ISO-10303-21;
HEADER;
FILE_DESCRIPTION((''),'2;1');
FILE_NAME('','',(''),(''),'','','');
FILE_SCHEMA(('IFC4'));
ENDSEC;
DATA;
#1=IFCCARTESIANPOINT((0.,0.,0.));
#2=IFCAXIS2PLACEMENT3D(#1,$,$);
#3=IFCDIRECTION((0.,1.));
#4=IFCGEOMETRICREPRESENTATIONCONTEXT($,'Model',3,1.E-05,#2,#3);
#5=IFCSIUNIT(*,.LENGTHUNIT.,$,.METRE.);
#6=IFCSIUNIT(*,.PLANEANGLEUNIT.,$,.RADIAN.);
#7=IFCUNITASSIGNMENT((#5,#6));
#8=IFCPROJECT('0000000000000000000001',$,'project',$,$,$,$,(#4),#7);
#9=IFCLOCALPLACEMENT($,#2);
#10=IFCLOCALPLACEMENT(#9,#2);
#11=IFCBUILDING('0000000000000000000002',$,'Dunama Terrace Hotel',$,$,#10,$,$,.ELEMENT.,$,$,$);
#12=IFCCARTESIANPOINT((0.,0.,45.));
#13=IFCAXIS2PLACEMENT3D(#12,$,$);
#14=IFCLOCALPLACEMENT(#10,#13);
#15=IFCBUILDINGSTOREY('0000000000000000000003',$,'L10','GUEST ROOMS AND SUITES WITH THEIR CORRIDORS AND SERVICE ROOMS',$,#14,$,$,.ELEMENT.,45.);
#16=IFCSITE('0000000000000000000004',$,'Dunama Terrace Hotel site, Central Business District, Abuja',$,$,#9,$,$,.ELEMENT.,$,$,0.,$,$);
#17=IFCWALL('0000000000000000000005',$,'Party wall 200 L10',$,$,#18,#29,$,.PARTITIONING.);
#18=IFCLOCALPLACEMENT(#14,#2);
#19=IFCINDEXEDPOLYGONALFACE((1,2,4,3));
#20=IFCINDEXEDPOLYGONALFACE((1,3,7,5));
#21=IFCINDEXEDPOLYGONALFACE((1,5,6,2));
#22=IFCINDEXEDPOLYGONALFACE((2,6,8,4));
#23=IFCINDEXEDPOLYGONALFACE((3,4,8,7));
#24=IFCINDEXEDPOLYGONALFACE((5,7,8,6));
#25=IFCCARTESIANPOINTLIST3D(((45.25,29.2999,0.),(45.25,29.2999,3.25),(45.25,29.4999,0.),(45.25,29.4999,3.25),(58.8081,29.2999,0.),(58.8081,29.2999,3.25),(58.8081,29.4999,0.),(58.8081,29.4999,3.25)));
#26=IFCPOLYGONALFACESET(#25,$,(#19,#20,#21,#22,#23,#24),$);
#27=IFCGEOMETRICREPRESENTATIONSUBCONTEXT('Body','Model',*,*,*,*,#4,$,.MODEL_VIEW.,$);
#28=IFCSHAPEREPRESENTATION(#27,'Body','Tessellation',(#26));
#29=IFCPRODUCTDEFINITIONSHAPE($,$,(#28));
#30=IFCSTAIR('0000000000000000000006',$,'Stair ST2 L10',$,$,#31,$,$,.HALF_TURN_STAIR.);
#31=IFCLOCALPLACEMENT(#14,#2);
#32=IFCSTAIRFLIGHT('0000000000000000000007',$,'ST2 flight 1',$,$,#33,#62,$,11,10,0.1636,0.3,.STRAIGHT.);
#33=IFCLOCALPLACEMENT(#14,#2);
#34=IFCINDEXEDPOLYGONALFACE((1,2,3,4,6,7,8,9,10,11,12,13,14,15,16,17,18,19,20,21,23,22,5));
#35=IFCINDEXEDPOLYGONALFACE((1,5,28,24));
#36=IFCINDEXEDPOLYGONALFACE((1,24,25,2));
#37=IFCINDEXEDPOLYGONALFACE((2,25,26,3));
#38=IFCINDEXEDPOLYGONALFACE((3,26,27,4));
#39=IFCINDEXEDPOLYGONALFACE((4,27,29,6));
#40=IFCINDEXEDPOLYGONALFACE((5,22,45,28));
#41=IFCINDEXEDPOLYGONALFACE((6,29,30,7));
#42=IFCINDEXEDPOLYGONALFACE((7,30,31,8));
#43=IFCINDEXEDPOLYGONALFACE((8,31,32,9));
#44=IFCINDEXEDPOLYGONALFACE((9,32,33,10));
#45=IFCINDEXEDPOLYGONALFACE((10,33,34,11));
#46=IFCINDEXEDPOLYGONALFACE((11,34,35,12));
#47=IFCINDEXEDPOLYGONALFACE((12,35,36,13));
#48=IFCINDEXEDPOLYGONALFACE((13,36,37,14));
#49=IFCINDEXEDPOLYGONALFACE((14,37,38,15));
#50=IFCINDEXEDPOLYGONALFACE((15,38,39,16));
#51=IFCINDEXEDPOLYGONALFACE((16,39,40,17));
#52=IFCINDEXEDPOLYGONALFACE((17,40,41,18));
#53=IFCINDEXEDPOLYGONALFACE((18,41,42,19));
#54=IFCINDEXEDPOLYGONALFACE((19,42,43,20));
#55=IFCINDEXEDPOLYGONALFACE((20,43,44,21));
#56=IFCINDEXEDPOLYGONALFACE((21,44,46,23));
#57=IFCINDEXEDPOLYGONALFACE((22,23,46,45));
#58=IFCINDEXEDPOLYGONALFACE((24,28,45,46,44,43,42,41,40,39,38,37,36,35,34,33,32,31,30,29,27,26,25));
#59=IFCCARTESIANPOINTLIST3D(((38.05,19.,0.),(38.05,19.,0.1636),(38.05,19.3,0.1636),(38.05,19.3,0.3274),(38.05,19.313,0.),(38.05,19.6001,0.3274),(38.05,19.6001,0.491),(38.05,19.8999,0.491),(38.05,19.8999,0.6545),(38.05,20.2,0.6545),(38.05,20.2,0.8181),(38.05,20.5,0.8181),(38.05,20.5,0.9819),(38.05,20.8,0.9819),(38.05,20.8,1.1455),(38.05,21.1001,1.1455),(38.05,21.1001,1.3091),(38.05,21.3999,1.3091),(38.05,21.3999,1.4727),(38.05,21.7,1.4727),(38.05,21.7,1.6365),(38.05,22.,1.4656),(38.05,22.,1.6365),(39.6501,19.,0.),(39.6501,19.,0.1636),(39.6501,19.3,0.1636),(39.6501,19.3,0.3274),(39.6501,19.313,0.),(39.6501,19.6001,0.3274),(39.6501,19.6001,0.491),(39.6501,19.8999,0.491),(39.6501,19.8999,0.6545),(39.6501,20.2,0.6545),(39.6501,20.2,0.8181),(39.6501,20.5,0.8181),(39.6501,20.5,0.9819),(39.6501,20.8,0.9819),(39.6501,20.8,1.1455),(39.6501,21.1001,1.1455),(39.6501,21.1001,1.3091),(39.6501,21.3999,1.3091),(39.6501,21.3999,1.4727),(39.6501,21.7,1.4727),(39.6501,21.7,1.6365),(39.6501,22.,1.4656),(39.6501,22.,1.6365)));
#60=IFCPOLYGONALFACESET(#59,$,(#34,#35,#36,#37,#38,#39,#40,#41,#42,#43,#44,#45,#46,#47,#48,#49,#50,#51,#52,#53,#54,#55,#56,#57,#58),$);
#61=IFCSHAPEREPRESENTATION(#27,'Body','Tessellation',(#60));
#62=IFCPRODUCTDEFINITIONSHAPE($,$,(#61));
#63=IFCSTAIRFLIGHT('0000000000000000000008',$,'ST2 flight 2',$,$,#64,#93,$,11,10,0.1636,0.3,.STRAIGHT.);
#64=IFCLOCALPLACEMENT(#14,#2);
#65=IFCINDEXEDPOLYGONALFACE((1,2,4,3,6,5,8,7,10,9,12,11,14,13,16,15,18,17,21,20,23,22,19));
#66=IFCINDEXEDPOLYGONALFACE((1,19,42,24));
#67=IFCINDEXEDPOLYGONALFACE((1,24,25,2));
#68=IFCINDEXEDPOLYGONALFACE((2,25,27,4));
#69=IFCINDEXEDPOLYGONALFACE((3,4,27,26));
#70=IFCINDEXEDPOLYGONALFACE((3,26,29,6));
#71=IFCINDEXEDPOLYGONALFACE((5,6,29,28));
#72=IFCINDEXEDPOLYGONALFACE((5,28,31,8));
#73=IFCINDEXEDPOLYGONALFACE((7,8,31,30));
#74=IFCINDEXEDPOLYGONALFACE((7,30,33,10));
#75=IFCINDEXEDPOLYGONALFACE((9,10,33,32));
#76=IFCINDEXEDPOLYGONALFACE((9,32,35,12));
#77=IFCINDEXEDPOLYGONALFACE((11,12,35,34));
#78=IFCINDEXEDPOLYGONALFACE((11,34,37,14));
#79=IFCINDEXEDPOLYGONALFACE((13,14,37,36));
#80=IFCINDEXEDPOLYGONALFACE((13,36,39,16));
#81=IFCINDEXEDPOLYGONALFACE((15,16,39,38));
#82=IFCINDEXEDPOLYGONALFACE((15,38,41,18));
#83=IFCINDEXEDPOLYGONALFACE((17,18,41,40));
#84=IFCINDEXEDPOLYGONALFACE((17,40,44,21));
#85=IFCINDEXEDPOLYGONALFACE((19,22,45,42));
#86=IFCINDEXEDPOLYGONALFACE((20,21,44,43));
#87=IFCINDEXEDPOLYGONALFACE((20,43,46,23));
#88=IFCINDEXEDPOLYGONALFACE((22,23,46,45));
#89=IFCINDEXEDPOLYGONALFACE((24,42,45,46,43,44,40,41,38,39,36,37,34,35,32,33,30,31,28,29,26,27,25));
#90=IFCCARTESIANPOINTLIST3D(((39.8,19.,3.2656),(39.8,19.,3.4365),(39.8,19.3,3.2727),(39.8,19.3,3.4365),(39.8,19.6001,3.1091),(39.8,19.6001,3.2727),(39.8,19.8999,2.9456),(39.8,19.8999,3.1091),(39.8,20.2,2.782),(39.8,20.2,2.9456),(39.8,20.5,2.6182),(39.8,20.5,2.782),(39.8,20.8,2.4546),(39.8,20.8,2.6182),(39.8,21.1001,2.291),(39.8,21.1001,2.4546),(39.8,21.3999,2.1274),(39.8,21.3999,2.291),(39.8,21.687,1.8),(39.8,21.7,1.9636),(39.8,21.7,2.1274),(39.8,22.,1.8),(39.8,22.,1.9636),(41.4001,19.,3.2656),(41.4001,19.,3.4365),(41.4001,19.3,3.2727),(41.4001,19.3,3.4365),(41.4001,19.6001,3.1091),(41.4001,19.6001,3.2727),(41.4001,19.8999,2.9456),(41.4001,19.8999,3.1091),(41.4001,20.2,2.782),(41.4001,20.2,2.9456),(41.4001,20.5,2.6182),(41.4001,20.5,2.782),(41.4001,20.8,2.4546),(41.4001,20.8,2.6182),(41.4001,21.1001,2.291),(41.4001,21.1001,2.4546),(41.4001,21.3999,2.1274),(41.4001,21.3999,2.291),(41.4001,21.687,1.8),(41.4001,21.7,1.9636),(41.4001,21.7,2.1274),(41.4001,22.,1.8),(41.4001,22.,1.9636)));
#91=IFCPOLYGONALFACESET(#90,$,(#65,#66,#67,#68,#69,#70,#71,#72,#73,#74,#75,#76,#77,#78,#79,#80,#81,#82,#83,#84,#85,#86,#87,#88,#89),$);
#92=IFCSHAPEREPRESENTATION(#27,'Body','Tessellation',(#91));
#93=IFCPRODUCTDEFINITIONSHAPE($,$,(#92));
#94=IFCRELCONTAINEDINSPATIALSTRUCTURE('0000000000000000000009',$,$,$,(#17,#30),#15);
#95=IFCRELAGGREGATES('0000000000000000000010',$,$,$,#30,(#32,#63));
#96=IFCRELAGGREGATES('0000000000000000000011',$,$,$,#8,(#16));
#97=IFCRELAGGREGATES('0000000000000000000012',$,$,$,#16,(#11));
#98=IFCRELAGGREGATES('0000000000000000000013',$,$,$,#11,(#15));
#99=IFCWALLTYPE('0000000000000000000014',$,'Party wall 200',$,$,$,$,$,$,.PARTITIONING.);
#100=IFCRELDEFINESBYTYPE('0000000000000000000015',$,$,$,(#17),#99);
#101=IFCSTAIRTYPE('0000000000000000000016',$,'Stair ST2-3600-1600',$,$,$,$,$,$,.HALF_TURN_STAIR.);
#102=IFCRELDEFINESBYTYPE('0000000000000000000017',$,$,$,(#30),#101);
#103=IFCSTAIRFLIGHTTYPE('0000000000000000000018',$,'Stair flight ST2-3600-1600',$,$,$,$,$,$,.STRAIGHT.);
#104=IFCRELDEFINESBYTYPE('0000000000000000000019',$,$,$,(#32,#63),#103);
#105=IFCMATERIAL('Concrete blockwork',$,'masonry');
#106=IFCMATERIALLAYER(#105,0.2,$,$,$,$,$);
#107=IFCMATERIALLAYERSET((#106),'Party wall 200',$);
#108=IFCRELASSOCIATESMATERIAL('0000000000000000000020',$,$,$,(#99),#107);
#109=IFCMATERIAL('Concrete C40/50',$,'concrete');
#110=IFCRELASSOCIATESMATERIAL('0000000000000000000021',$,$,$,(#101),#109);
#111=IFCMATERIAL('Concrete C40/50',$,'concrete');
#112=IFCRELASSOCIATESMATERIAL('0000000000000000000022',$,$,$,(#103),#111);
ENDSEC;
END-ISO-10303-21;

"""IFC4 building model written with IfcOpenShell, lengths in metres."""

from ifc_helpers import new_model, si_unit, direction, frame, frame_2d, origin, place, context, subcontext, project, spatial, polyline, rectangle, outline, extrude, material, layer, layer_set, type_object, element, aggregate, save


model = new_model("IFC4")

# Units and contexts
model_context = context("Model", 3, precision=1e-05, world=origin(), true_north=direction((0.0, 1.0)))
body_context = subcontext(model_context, "Body", "Model", "MODEL_VIEW")
ifc_project = project(units=[si_unit("LENGTHUNIT", "METRE"), si_unit("PLANEANGLEUNIT", "RADIAN")], contexts=[model_context])

# Site, building, storey
site_placement = place(None, origin())
site = spatial("IfcSite", under=ifc_project, at=site_placement, Name="Dunama Terrace Hotel site, Central Business District, Abuja", CompositionType="ELEMENT", RefElevation=0.0)
building_placement = place(site_placement, origin())
building = spatial("IfcBuilding", under=site, at=building_placement, Name="Dunama Terrace Hotel", CompositionType="ELEMENT")
storey_placement = place(building_placement, frame((0.0, 0.0, 45.0)))
storey = spatial("IfcBuildingStorey", under=building, at=storey_placement, Name="L10", Description="GUEST ROOMS AND SUITES WITH THEIR CORRIDORS AND SERVICE ROOMS", CompositionType="ELEMENT", Elevation=45.0)

# Wall
ifc_material_1 = material(Name="Concrete blockwork", Category="masonry")
ifc_layer_1 = layer(ifc_material_1, 0.2)
ifc_layer_set_1 = layer_set([ifc_layer_1], Name="Party wall 200")
wall_type_1 = type_object("IfcWallType", Name="Party wall 200", PredefinedType="PARTITIONING", material=ifc_layer_set_1)
for number, where, z_axis, x_axis, name in (
    (1, (45.25, 29.3999, 0.0), (0.0, 0.0, 1.0), (1.0, 0.0, 0.0), "Party wall 200 L10"),
):
    element("IfcWall", number, at=place(storey_placement, frame(where, z_axis=z_axis, x_axis=x_axis)), inside=storey, type_object=wall_type_1, Name=name, PredefinedType="PARTITIONING", context=body_context, shape_type="SweptSolid", body=[
        extrude(rectangle(XDim=13.5581, YDim=0.2, at=frame_2d((6.7791, 0.0))), origin(), (0.0, 0.0, 1.0), 3.25),
    ])

# Stair, stair flights
ifc_material_2 = material(Name="Concrete C40/50", Category="concrete")
stair_type = type_object("IfcStairType", Name="Stair ST2-3600-1600", PredefinedType="HALF_TURN_STAIR", material=ifc_material_2)
stair_placement = place(storey_placement, origin())
stair = element("IfcStair", 2, at=stair_placement, inside=storey, type_object=stair_type, Name="Stair ST2 L10", PredefinedType="HALF_TURN_STAIR")
ifc_material_3 = material(Name="Concrete C40/50", Category="concrete")
stair_flight_type = type_object("IfcStairFlightType", Name="Stair flight ST2-3600-1600", PredefinedType="STRAIGHT", material=ifc_material_3)
stair_flight_1_placement = place(storey_placement, frame((38.8501, 19.0, 0.0), z_axis=(0.0, 0.0, 1.0), x_axis=(0.0, 1.0, 0.0)))
stair_flight_1 = element("IfcStairFlight", 3, at=stair_flight_1_placement, type_object=stair_flight_type, Name="ST2 flight 1", NumberOfRisers=11, NumberOfTreads=10, PredefinedType="STRAIGHT", RiserHeight=0.1636, TreadLength=0.3, context=body_context, shape_type="SweptSolid", body=[
    extrude(outline(polyline([(0.0, 0.0), (0.0, 0.1636), (0.3, 0.1636), (0.3, 0.3274), (0.6001, 0.3274), (0.6001, 0.491), (0.8999, 0.491), (0.8999, 0.6545), (1.2, 0.6545), (1.2, 0.8181), (1.5, 0.8181), (1.5, 0.9819), (1.8, 0.9819), (1.8, 1.1455), (2.1001, 1.1455), (2.1001, 1.3091), (2.3999, 1.3091), (2.3999, 1.4727), (2.7, 1.4727), (2.7, 1.6365), (3.0, 1.6365), (3.0, 1.8), (3.0, 1.4656), (0.313, 0.0), (0.0, 0.0)])), frame((0.0, 0.8, 0.0), z_axis=(0.0, -1.0, 0.0), x_axis=(1.0, 0.0, 0.0)), (0.0, 0.0, 1.0), 1.6001),
])
stair_flight_2_placement = place(storey_placement, frame((40.6001, 22.0, 1.8), z_axis=(0.0, 0.0, 1.0), x_axis=(0.0, -1.0, 0.0)))
stair_flight_2 = element("IfcStairFlight", 4, at=stair_flight_2_placement, type_object=stair_flight_type, Name="ST2 flight 2", NumberOfRisers=11, NumberOfTreads=10, PredefinedType="STRAIGHT", RiserHeight=0.1636, TreadLength=0.3, context=body_context, shape_type="SweptSolid", body=[
    extrude(outline(polyline([(0.0, 0.0), (0.0, 0.1636), (0.3, 0.1636), (0.3, 0.3274), (0.6001, 0.3274), (0.6001, 0.491), (0.8999, 0.491), (0.8999, 0.6545), (1.2, 0.6545), (1.2, 0.8181), (1.5, 0.8181), (1.5, 0.9819), (1.8, 0.9819), (1.8, 1.1455), (2.1001, 1.1455), (2.1001, 1.3091), (2.3999, 1.3091), (2.3999, 1.4727), (2.7, 1.4727), (2.7, 1.6365), (3.0, 1.6365), (3.0, 1.8), (3.0, 1.4656), (0.313, 0.0), (0.0, 0.0)])), frame((0.0, 0.8, 0.0), z_axis=(0.0, -1.0, 0.0), x_axis=(1.0, 0.0, 0.0)), (0.0, 0.0, 1.0), 1.6001),
])
aggregate(stair, [stair_flight_1, stair_flight_2])

save(model, "model.ifc")
